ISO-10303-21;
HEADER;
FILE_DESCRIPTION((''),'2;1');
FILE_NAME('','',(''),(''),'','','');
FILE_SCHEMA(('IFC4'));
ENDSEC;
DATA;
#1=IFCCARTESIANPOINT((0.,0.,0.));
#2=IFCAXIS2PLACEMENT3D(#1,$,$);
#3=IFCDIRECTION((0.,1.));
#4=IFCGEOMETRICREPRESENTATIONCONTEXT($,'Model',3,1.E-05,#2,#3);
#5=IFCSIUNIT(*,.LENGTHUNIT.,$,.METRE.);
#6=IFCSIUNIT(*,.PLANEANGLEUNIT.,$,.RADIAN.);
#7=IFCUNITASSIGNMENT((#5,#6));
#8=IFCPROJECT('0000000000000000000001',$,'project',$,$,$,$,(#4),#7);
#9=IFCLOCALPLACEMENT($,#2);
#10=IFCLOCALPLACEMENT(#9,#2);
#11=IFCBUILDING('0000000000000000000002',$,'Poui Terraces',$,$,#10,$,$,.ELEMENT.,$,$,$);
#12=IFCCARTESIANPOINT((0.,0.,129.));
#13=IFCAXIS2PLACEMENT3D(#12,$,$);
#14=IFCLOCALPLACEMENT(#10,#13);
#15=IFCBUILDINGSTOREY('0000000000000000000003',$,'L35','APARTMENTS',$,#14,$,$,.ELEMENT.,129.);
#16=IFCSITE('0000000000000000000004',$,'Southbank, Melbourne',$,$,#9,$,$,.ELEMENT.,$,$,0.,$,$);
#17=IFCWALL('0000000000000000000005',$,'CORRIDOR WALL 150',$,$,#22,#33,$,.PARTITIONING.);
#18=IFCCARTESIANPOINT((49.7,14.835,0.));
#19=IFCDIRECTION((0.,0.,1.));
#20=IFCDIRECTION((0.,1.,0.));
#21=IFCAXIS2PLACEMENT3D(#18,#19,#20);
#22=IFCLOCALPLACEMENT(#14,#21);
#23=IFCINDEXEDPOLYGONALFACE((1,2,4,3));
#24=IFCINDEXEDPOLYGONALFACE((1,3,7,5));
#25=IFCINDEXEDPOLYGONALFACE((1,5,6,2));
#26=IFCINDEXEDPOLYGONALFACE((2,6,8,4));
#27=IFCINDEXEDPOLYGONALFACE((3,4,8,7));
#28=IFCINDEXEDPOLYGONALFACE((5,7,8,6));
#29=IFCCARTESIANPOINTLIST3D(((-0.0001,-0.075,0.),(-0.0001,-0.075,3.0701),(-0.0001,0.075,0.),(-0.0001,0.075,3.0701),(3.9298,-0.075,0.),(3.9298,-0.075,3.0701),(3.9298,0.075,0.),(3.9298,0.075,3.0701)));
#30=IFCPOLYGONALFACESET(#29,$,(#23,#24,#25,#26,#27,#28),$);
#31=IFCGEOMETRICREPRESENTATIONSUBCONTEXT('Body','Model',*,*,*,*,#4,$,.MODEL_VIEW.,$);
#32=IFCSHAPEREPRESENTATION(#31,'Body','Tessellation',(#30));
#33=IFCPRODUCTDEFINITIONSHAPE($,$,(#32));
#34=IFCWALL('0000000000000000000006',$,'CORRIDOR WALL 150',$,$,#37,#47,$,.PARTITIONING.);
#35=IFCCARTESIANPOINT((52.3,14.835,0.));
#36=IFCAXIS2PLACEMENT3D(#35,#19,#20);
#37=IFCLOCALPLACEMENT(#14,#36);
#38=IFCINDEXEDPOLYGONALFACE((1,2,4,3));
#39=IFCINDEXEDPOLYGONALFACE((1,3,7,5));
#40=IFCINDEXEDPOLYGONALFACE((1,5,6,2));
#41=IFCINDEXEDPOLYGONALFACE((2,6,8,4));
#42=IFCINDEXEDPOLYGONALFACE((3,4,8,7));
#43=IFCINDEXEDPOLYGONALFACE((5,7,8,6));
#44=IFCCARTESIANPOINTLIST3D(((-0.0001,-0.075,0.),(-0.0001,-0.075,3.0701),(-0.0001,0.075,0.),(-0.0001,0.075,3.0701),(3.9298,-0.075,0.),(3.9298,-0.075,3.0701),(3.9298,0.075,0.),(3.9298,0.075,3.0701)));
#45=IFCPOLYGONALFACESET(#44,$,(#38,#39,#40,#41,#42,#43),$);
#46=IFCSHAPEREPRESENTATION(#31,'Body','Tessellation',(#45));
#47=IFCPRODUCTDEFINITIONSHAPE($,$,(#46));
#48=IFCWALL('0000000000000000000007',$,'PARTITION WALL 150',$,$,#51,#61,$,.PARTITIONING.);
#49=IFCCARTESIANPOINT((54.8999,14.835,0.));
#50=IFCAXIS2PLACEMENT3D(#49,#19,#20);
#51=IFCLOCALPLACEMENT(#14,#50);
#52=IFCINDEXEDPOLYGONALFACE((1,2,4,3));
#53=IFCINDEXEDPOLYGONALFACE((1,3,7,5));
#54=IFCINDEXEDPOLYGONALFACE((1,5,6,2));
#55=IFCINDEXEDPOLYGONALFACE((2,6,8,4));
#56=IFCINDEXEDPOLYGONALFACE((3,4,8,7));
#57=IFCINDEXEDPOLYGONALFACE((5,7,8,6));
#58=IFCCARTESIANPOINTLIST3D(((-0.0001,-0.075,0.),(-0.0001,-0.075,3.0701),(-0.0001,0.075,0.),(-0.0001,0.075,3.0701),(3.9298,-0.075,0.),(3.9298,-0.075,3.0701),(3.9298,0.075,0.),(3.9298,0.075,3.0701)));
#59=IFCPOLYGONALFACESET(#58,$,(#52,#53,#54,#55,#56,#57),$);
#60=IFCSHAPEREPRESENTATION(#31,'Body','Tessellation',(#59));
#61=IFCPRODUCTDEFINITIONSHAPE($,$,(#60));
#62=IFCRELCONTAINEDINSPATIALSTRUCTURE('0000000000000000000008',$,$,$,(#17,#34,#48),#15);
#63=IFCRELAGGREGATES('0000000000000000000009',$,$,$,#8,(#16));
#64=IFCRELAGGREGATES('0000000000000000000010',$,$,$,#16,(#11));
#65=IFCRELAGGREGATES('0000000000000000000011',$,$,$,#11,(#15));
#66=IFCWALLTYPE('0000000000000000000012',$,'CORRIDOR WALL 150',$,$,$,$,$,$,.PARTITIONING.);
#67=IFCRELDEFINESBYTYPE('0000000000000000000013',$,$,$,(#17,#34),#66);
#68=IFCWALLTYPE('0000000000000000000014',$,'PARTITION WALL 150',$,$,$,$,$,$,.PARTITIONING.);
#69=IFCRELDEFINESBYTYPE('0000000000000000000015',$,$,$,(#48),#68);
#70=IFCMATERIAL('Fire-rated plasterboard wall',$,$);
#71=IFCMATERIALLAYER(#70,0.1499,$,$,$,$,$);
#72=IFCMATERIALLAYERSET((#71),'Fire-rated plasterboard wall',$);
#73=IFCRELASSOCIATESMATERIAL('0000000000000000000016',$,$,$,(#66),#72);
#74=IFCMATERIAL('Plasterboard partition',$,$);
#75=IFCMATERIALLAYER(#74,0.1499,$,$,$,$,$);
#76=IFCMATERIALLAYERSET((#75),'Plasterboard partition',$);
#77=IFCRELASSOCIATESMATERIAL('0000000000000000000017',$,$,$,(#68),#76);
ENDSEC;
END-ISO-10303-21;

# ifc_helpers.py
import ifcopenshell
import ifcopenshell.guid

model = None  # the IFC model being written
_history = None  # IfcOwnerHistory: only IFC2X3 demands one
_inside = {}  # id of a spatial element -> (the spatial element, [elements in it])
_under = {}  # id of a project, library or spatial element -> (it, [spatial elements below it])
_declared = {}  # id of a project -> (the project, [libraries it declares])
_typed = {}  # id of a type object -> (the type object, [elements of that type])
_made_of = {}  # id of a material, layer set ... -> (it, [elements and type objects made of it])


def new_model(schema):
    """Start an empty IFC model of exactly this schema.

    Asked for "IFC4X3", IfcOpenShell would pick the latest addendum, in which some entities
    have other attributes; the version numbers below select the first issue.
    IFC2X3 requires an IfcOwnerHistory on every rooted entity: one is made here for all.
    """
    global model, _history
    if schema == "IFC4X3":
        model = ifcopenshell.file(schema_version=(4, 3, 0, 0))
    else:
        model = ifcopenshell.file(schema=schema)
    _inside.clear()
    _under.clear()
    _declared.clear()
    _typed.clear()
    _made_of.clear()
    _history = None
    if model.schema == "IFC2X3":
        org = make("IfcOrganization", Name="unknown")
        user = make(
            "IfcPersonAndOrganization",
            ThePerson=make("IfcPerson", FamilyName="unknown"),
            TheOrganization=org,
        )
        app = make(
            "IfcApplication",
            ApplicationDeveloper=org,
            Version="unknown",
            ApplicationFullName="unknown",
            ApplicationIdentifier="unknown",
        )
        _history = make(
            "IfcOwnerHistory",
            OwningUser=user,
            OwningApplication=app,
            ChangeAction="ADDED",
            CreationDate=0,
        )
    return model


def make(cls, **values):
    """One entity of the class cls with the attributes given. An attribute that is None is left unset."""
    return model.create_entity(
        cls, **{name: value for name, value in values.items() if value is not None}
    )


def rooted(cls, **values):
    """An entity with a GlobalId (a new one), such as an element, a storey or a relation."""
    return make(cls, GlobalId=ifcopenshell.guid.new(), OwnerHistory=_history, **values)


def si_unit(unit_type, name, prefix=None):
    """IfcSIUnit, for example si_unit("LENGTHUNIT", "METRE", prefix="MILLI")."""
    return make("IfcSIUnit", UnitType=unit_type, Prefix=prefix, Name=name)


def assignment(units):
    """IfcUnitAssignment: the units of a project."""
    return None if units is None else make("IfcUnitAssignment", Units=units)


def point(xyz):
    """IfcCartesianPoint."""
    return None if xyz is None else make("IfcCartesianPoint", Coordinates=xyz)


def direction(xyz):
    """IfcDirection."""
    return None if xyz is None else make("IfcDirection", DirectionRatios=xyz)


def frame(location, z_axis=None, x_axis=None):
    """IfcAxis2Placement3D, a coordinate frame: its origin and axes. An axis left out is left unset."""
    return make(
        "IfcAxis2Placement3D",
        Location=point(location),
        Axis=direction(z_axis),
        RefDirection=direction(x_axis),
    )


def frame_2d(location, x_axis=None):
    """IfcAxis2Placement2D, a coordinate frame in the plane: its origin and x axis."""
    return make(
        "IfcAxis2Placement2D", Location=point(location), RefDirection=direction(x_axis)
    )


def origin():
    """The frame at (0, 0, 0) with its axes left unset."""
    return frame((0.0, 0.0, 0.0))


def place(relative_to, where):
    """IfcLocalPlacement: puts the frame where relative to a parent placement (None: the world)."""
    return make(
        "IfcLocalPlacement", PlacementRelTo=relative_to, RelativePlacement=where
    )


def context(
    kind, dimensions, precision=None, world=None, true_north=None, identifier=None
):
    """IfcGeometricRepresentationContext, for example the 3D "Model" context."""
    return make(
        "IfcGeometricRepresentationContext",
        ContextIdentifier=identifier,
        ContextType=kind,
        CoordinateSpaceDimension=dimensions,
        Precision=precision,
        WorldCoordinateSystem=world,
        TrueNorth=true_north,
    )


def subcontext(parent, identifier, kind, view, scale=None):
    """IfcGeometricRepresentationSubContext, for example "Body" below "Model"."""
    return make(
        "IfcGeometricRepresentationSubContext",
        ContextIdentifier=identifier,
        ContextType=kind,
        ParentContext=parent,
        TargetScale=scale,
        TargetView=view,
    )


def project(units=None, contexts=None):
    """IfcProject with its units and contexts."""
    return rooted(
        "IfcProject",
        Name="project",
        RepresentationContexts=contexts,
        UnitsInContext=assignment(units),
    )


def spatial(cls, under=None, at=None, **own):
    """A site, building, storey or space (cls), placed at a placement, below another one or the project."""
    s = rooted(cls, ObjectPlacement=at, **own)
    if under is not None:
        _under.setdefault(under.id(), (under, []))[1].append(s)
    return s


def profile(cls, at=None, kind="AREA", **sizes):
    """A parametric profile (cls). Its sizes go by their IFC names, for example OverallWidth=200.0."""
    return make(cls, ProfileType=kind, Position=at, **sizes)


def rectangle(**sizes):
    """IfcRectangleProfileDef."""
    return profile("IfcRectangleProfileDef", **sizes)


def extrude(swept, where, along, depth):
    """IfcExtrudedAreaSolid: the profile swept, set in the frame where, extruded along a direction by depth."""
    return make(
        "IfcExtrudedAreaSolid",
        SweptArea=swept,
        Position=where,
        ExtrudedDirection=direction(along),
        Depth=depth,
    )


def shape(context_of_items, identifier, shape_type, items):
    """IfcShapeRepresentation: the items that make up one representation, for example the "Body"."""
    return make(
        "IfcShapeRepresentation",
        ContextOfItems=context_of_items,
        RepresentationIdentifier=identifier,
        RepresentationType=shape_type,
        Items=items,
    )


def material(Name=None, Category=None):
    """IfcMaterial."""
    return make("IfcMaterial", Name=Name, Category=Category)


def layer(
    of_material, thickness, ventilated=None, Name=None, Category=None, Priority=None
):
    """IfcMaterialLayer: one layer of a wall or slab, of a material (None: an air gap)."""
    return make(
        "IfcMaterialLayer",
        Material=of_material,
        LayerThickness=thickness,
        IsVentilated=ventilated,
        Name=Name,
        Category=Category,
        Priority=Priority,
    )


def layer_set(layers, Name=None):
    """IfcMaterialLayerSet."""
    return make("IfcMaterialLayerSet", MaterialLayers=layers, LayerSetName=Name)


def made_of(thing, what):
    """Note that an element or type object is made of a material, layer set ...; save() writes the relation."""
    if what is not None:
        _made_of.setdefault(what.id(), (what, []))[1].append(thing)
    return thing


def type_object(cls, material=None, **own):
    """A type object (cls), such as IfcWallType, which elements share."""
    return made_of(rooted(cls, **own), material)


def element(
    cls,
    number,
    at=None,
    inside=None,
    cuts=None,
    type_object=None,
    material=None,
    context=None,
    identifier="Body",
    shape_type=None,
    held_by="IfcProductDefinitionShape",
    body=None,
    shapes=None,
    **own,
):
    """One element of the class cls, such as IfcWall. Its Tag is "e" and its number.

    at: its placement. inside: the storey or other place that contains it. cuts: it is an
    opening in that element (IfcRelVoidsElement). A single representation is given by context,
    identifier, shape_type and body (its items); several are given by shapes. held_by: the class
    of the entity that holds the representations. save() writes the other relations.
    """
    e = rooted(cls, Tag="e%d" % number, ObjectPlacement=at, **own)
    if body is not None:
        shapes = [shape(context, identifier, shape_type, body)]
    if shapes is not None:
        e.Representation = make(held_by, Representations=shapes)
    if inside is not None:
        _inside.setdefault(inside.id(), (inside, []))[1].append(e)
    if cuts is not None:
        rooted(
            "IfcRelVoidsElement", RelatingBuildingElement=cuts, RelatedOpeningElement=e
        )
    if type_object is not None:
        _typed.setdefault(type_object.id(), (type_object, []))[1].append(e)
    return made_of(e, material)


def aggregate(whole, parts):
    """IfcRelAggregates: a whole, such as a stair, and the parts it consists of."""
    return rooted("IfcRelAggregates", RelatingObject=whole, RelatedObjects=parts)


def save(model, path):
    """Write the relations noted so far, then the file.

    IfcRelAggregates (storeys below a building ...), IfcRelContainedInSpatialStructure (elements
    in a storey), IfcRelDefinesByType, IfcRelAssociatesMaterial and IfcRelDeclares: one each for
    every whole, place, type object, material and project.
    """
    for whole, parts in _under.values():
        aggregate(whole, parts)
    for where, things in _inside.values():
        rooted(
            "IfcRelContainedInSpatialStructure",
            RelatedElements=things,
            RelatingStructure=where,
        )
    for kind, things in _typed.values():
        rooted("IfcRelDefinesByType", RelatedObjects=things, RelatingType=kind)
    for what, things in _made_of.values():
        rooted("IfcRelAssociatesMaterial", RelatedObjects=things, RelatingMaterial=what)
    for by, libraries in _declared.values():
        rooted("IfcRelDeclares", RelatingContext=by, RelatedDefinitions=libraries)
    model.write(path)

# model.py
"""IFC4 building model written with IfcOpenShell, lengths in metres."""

from ifc_helpers import new_model, si_unit, direction, frame, frame_2d, origin, place, context, subcontext, project, spatial, rectangle, extrude, material, layer, layer_set, type_object, element, save


model = new_model("IFC4")

# Units and contexts
model_context = context("Model", 3, precision=1e-05, world=origin(), true_north=direction((0.0, 1.0)))
body_context = subcontext(model_context, "Body", "Model", "MODEL_VIEW")
ifc_project = project(units=[si_unit("LENGTHUNIT", "METRE"), si_unit("PLANEANGLEUNIT", "RADIAN")], contexts=[model_context])

# Site, building, storey
site_placement = place(None, origin())
site = spatial("IfcSite", under=ifc_project, at=site_placement, Name="Southbank, Melbourne", CompositionType="ELEMENT", RefElevation=0.0)
building_placement = place(site_placement, origin())
building = spatial("IfcBuilding", under=site, at=building_placement, Name="Poui Terraces", CompositionType="ELEMENT")
storey_placement = place(building_placement, frame((0.0, 0.0, 129.0)))
storey = spatial("IfcBuildingStorey", under=building, at=storey_placement, Name="L35", Description="APARTMENTS", CompositionType="ELEMENT", Elevation=129.0)

# Walls
ifc_material_1 = material(Name="Fire-rated plasterboard wall")
ifc_layer_1 = layer(ifc_material_1, 0.1499)
ifc_layer_set_1 = layer_set([ifc_layer_1], Name="Fire-rated plasterboard wall")
wall_type_1 = type_object("IfcWallType", Name="CORRIDOR WALL 150", PredefinedType="PARTITIONING", material=ifc_layer_set_1)
for number, where, z_axis, x_axis, name in (
    (1, (49.7, 14.835, 0.0), (0.0, 0.0, 1.0), (0.0, 1.0, 0.0), "CORRIDOR WALL 150"),
    (2, (52.3, 14.835, 0.0), (0.0, 0.0, 1.0), (0.0, 1.0, 0.0), "CORRIDOR WALL 150"),
):
    element("IfcWall", number, at=place(storey_placement, frame(where, z_axis=z_axis, x_axis=x_axis)), inside=storey, type_object=wall_type_1, Name=name, PredefinedType="PARTITIONING", context=body_context, shape_type="SweptSolid", body=[
        extrude(rectangle(XDim=3.9299, YDim=0.1499, at=frame_2d((1.9648, 0.0))), origin(), (0.0, 0.0, 1.0), 3.0701),
    ])

# Shared definitions
ifc_material_2 = material(Name="Plasterboard partition")

# Wall
ifc_layer_2 = layer(ifc_material_2, 0.1499)
ifc_layer_set_2 = layer_set([ifc_layer_2], Name="Plasterboard partition")
wall_type_2 = type_object("IfcWallType", Name="PARTITION WALL 150", PredefinedType="PARTITIONING", material=ifc_layer_set_2)
wall_1_placement = place(storey_placement, frame((54.8999, 14.835, 0.0), z_axis=(0.0, 0.0, 1.0), x_axis=(0.0, 1.0, 0.0)))
element("IfcWall", 3, at=wall_1_placement, inside=storey, type_object=wall_type_2, Name="PARTITION WALL 150", PredefinedType="PARTITIONING", context=body_context, shape_type="SweptSolid", body=[
    extrude(rectangle(XDim=3.9299, YDim=0.1499, at=frame_2d((1.9648, 0.0))), origin(), (0.0, 0.0, 1.0), 3.0701),
])

save(model, "model.ifc")
